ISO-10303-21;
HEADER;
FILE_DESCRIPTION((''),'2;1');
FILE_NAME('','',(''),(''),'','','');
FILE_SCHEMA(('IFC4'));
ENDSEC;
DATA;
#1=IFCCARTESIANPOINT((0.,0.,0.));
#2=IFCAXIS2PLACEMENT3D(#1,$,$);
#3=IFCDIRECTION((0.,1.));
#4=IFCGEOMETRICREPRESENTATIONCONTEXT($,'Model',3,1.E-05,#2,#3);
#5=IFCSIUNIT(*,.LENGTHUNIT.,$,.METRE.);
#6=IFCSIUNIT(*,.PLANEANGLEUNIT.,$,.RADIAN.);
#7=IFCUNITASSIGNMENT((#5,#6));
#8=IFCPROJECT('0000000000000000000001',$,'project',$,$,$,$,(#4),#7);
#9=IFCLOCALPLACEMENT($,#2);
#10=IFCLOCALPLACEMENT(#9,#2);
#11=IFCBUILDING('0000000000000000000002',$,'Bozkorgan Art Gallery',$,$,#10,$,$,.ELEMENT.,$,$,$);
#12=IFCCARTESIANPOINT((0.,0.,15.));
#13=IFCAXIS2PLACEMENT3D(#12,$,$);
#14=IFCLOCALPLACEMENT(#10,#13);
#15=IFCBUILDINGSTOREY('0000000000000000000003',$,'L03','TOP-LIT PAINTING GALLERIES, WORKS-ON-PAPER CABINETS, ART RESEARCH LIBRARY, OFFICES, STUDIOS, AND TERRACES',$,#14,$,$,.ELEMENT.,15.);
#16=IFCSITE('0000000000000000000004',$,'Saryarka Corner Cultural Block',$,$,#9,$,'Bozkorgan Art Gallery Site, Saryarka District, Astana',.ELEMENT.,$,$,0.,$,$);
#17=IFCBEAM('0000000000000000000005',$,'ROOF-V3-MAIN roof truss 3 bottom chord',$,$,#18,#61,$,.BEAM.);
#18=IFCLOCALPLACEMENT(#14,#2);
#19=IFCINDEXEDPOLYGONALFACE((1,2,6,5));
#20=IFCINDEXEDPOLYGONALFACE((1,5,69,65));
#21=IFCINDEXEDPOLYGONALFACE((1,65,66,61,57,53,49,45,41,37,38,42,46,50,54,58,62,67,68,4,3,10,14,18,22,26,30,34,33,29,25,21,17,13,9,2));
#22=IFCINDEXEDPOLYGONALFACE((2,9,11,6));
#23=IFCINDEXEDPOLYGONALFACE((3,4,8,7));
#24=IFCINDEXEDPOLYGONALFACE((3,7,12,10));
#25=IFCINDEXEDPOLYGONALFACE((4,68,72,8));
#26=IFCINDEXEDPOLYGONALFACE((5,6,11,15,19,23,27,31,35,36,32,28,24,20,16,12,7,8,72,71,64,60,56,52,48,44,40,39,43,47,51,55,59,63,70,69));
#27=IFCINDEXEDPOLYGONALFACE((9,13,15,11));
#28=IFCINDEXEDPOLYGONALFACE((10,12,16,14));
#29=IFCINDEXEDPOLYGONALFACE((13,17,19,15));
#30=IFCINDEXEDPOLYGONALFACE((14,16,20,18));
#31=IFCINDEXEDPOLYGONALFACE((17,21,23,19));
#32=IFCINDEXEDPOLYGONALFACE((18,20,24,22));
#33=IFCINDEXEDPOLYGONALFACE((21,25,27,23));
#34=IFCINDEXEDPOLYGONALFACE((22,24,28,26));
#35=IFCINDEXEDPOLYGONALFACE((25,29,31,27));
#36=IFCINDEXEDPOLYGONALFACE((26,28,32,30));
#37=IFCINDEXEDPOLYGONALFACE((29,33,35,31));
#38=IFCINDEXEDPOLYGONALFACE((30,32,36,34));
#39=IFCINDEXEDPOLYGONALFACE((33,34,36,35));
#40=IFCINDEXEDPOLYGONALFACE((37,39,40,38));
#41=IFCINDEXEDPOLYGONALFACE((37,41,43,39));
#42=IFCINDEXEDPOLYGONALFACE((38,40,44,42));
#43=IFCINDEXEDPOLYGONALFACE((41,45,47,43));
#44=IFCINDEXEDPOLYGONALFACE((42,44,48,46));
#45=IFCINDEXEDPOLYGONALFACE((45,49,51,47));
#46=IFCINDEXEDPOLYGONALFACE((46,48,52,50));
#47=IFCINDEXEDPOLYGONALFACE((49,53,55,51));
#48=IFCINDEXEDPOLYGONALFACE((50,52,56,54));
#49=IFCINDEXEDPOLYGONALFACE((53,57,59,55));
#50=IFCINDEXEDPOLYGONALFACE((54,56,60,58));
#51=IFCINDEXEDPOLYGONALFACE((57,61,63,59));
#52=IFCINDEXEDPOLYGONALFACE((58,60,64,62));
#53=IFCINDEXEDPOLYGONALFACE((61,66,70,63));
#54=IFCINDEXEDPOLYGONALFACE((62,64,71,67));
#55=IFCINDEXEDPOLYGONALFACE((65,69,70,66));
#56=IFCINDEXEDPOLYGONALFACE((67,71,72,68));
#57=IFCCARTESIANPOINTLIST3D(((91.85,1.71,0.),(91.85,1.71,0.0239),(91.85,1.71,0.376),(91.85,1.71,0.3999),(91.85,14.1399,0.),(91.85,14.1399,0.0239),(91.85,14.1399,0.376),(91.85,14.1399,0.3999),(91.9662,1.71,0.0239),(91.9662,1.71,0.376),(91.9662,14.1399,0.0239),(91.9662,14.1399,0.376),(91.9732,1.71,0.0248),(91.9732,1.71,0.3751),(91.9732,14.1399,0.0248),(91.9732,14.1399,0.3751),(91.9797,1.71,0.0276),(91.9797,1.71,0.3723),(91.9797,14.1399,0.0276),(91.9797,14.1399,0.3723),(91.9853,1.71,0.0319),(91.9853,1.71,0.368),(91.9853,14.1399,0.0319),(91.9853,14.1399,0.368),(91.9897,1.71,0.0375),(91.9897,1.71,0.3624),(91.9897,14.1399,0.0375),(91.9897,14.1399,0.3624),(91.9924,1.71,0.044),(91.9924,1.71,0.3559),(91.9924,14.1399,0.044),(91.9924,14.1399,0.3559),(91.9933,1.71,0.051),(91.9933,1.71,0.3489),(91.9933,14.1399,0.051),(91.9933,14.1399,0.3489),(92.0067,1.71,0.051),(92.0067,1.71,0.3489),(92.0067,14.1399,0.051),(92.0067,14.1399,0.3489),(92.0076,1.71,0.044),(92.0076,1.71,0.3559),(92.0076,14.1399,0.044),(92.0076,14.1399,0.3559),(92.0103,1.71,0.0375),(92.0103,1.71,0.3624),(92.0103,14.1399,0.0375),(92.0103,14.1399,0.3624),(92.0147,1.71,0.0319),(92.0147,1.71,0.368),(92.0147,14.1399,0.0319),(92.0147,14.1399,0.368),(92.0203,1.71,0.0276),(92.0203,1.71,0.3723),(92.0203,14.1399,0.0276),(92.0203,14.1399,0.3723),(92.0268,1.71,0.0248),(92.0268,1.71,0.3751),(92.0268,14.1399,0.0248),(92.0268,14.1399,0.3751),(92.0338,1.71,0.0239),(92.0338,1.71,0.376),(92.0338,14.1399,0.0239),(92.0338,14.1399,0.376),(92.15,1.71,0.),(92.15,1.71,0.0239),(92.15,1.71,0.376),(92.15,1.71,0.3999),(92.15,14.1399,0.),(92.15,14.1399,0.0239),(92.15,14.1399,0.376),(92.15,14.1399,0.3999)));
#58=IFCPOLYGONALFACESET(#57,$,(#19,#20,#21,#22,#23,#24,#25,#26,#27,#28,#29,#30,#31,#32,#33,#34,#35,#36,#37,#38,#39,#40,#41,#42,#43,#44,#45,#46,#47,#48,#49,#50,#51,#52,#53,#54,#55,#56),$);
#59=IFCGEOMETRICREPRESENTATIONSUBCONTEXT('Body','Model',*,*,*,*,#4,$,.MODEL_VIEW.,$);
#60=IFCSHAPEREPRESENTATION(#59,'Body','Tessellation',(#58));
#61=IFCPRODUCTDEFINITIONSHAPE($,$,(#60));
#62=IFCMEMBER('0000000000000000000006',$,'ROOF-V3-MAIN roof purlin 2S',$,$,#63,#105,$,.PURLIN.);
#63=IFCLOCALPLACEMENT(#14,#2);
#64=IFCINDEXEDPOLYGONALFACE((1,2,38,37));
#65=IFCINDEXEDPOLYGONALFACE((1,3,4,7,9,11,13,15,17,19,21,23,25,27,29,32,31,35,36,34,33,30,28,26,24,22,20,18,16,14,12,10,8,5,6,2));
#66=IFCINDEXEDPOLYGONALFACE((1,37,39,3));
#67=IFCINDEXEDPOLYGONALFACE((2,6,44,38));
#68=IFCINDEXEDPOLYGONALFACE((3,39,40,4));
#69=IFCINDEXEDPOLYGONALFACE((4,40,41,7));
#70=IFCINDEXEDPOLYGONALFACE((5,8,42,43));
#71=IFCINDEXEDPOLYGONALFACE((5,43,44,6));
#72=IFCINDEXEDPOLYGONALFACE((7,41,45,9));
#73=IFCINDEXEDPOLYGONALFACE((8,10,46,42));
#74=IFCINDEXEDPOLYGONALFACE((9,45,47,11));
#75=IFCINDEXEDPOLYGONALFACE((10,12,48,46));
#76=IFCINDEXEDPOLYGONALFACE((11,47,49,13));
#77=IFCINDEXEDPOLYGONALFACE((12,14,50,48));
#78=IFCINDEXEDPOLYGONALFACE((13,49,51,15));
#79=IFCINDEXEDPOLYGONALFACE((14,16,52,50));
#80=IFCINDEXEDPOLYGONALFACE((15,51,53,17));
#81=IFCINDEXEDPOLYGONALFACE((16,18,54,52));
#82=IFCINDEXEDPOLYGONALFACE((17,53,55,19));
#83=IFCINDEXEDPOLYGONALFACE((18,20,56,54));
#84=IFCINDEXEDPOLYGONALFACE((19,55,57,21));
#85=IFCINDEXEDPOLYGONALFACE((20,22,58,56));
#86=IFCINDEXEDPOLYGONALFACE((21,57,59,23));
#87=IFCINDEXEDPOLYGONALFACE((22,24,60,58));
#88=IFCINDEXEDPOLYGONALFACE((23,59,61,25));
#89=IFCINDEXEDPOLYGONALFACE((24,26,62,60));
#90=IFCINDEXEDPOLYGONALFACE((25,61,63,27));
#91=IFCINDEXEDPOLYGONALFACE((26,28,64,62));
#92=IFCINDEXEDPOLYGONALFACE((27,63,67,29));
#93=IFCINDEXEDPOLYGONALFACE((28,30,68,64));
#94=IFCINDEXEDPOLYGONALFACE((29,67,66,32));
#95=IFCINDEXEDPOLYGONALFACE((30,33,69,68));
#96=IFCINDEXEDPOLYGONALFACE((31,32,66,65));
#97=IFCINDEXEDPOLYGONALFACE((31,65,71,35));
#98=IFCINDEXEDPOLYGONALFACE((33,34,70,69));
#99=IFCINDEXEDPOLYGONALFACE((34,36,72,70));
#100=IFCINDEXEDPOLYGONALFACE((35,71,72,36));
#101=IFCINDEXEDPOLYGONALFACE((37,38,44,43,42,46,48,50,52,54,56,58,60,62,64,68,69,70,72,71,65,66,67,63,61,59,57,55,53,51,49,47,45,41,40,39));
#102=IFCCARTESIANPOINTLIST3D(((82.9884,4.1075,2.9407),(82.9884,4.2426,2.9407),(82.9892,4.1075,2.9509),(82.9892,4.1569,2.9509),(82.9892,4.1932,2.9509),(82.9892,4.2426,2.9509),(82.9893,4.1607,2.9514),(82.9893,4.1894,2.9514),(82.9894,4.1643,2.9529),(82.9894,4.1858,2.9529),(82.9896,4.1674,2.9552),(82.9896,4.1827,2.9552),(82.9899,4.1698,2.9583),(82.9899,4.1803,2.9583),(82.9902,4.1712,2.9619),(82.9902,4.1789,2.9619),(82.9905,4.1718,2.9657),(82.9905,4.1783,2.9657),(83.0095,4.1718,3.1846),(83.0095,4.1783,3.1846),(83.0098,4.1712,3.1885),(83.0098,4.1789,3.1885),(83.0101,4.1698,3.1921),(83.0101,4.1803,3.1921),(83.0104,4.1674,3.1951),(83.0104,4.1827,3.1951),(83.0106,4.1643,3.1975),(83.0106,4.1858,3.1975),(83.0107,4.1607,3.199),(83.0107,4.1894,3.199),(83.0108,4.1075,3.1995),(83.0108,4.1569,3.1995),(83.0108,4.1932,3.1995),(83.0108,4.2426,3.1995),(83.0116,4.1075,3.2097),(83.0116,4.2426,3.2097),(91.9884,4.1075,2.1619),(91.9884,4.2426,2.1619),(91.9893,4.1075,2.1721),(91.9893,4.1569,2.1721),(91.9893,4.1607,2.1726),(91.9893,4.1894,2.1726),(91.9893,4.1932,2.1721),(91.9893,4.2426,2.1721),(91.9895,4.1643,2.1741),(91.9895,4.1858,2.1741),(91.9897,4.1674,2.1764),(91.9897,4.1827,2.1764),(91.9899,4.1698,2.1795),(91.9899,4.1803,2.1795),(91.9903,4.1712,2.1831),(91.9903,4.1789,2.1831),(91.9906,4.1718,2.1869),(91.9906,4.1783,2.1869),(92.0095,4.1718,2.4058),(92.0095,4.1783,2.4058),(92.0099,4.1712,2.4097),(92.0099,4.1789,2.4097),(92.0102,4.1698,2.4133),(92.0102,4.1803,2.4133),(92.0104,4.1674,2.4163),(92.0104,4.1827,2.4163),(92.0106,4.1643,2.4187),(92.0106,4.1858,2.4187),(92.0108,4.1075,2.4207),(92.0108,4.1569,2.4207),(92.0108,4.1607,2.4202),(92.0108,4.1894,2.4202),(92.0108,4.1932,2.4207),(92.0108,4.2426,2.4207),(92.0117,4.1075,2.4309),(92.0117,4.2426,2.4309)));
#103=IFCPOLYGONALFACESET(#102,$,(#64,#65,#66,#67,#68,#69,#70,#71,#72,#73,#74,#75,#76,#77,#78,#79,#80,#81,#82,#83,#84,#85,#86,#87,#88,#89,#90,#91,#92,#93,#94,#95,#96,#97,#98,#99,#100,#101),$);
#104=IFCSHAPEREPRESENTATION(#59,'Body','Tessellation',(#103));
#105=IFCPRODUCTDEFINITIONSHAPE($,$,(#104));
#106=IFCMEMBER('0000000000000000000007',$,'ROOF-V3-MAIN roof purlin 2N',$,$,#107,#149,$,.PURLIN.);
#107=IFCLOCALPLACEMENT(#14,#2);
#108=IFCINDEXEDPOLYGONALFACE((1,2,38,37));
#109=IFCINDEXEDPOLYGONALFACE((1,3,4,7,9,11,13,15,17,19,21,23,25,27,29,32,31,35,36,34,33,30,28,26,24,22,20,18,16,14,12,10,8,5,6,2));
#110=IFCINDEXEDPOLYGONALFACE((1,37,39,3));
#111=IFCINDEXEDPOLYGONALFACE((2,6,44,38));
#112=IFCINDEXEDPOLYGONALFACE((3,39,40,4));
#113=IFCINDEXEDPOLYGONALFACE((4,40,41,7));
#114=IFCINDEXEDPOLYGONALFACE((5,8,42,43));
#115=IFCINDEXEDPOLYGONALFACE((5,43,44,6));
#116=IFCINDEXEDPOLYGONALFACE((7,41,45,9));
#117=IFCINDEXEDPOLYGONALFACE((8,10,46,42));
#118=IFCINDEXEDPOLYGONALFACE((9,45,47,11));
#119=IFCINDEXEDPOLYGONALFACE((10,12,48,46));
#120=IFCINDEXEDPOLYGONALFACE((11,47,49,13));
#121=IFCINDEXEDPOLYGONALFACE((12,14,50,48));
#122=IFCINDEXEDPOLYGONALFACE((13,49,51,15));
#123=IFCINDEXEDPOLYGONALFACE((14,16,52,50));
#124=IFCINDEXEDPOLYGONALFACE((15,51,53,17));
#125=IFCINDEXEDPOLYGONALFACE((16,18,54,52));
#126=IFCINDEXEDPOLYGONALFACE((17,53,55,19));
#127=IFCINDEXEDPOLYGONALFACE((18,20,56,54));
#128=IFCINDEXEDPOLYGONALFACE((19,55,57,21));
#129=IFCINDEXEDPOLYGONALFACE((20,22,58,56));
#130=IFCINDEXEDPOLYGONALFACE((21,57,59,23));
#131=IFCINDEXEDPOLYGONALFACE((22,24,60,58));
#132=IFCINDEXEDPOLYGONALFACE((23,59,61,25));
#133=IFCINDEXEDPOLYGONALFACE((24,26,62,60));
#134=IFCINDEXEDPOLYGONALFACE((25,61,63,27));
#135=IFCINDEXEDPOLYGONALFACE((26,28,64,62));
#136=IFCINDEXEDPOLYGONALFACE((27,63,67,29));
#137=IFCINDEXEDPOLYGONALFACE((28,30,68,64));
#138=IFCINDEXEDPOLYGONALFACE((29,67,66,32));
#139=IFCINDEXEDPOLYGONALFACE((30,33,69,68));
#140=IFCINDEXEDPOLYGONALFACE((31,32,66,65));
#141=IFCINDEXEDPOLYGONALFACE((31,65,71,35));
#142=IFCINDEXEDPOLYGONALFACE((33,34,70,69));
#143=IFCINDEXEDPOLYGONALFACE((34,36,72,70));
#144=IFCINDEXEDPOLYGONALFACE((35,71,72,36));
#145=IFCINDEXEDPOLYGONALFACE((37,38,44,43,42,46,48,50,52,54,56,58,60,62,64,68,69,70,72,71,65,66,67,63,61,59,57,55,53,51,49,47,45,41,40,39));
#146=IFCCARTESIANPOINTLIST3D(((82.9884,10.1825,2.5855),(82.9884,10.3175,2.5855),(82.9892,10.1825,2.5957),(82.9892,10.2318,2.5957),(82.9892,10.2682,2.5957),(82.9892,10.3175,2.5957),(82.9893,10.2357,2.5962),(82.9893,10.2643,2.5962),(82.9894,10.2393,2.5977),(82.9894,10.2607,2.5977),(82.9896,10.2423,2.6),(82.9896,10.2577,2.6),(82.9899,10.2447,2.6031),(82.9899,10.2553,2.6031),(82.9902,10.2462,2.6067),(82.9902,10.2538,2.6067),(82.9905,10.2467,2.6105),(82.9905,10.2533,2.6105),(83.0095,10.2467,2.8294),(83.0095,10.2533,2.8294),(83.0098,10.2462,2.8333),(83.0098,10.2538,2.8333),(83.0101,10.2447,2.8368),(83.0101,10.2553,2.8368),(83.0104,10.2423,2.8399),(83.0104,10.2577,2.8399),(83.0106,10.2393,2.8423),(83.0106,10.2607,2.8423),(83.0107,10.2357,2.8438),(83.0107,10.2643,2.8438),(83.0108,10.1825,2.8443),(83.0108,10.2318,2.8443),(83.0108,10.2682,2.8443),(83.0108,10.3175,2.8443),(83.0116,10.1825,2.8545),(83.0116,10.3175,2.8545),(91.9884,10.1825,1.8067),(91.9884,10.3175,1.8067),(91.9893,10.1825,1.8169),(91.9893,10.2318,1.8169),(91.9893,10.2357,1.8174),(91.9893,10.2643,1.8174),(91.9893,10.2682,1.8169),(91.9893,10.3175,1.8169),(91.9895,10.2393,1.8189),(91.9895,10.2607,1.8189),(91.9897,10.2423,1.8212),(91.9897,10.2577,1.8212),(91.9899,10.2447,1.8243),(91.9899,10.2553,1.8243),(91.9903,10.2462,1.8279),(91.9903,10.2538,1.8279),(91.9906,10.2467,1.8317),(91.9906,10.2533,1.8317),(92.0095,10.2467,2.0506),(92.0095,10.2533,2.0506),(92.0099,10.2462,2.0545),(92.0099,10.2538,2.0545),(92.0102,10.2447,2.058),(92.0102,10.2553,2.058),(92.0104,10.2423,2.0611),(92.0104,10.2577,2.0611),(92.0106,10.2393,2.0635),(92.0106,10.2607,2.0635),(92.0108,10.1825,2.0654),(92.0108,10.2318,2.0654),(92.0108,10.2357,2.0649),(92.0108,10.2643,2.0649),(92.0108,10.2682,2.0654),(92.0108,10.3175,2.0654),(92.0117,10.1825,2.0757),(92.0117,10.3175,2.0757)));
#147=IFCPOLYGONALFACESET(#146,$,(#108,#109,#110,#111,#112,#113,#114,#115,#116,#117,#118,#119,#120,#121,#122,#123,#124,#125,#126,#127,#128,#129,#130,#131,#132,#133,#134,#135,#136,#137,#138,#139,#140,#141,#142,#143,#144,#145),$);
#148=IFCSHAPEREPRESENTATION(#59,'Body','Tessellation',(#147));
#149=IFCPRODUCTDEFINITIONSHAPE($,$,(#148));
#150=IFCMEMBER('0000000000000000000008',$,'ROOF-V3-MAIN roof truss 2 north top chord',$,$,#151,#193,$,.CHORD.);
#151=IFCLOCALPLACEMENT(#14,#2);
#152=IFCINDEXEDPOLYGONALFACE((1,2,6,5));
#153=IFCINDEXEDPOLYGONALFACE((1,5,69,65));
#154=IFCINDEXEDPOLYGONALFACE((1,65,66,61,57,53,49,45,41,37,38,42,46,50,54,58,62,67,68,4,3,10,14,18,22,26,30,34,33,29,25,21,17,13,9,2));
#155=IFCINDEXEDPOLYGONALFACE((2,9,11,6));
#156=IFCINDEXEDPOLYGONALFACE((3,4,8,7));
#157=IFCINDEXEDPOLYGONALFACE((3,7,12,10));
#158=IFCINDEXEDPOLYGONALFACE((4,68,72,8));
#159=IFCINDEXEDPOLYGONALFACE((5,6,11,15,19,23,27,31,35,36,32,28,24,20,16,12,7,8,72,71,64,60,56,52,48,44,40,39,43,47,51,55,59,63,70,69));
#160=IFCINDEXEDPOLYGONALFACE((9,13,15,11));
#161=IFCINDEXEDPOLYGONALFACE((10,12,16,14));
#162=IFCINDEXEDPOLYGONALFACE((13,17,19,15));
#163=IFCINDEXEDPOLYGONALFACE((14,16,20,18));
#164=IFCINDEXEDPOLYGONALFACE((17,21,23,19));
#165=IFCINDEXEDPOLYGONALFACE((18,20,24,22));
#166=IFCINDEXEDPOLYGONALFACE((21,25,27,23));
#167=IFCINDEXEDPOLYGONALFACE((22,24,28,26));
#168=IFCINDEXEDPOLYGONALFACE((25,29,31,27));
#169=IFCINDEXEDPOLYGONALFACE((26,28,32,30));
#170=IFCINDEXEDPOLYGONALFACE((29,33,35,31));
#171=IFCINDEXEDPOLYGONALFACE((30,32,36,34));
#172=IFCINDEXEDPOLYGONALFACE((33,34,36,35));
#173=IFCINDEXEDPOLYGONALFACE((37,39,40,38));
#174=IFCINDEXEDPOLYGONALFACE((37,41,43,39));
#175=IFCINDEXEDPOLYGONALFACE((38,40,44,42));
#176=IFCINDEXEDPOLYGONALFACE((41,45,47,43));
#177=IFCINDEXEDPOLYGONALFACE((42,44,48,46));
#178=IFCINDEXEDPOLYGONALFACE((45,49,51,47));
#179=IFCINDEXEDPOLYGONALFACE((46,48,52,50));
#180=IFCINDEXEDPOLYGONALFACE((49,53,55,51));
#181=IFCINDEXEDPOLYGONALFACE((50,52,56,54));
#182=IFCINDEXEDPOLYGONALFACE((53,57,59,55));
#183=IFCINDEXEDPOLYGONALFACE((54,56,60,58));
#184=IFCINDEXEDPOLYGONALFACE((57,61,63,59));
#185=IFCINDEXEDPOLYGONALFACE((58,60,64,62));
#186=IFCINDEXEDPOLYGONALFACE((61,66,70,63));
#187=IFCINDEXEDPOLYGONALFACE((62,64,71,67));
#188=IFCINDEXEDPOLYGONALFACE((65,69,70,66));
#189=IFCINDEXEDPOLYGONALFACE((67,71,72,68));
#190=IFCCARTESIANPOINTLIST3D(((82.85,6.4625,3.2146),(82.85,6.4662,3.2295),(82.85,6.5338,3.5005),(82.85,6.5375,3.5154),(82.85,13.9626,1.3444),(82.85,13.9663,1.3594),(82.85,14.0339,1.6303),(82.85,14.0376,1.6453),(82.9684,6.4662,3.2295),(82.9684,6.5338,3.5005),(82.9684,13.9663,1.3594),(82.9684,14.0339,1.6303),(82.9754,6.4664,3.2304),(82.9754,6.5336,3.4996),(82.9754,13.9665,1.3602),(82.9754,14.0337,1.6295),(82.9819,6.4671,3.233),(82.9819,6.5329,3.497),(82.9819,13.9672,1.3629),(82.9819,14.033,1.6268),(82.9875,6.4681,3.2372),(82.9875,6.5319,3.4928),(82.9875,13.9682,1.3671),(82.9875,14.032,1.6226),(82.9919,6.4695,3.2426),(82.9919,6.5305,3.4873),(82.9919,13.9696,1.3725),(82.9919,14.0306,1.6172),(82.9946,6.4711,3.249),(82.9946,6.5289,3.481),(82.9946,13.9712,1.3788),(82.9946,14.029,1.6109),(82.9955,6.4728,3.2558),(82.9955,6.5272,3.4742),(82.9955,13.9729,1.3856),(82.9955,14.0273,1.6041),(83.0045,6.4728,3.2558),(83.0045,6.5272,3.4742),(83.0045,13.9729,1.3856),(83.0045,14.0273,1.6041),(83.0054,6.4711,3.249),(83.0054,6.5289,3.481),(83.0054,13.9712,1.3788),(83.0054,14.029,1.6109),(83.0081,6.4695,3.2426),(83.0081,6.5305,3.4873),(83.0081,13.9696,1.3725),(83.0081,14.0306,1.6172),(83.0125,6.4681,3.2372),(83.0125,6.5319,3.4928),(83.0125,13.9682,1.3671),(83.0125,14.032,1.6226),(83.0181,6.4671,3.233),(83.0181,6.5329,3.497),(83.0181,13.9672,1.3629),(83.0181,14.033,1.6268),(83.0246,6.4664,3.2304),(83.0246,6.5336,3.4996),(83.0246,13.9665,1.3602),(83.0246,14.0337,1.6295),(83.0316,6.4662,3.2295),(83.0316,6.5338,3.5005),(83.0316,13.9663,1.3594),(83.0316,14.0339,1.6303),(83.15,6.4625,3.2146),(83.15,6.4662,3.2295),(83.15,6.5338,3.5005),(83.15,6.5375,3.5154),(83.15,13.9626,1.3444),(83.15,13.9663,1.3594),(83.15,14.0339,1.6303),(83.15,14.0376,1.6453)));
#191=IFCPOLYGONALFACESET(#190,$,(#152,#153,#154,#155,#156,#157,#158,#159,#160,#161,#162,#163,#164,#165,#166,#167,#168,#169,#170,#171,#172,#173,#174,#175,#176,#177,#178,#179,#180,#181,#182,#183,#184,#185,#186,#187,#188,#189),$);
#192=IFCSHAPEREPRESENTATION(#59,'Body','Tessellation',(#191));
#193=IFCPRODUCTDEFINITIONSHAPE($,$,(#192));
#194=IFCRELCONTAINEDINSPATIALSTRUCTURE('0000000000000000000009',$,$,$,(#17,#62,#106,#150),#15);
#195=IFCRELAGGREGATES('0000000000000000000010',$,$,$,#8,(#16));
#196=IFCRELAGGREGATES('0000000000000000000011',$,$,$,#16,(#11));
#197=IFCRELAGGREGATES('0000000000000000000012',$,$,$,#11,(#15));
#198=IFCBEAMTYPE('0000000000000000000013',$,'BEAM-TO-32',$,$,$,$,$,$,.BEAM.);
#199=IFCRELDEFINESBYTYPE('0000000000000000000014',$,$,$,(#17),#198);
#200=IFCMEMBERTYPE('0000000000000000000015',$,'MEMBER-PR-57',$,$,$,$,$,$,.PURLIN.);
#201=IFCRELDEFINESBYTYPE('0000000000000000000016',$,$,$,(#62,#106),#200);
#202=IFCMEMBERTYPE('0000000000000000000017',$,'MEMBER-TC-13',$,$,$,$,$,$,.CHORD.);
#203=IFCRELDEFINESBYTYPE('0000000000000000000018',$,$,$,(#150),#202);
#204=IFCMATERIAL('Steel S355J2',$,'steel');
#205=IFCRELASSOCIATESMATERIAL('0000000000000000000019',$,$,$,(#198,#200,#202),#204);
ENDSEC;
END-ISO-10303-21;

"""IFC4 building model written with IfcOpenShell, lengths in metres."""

from ifc_helpers import new_model, si_unit, direction, frame, origin, origin_2d, place, context, subcontext, project, spatial, i_section, extrude, material, material_profile, profile_set, type_object, element, save


model = new_model("IFC4")

# Units and contexts
model_context = context("Model", 3, precision=1e-05, world=origin(), true_north=direction((0.0, 1.0)))
body_context = subcontext(model_context, "Body", "Model", "MODEL_VIEW")
ifc_project = project(units=[si_unit("LENGTHUNIT", "METRE"), si_unit("PLANEANGLEUNIT", "RADIAN")], contexts=[model_context])

# Site, building, storey
site_placement = place(None, origin())
site = spatial("IfcSite", under=ifc_project, at=site_placement, Name="Saryarka Corner Cultural Block", LongName="Bozkorgan Art Gallery Site, Saryarka District, Astana", CompositionType="ELEMENT", RefElevation=0.0)
building_placement = place(site_placement, origin())
building = spatial("IfcBuilding", under=site, at=building_placement, Name="Bozkorgan Art Gallery", CompositionType="ELEMENT")
storey_placement = place(building_placement, frame((0.0, 0.0, 15.0)))
storey = spatial("IfcBuildingStorey", under=building, at=storey_placement, Name="L03", Description="TOP-LIT PAINTING GALLERIES, WORKS-ON-PAPER CABINETS, ART RESEARCH LIBRARY, OFFICES, STUDIOS, AND TERRACES", CompositionType="ELEMENT", Elevation=15.0)

# Beam
ifc_material_1 = material(Name="Steel S355J2", Category="steel")
ifc_material_profile_1 = material_profile(ifc_material_1, i_section(OverallWidth=0.3, OverallDepth=0.3999, WebThickness=0.0134, FlangeThickness=0.0239, FilletRadius=0.0271, at=origin_2d()), Name="HEB 400")
ifc_profile_set_1 = profile_set([ifc_material_profile_1], Name="Steel S355J2")
beam_type = type_object("IfcBeamType", Name="BEAM-TO-32", PredefinedType="BEAM", material=ifc_profile_set_1)
beam_placement = place(storey_placement, frame((92.0, 1.71, 0.2), z_axis=(0.0, 1.0, 0.0), x_axis=(-1.0, 0.0, 0.0)))
element("IfcBeam", 1, at=beam_placement, inside=storey, type_object=beam_type, Name="ROOF-V3-MAIN roof truss 3 bottom chord", PredefinedType="BEAM", context=body_context, shape_type="SweptSolid", body=[
    extrude(i_section(OverallWidth=0.3, OverallDepth=0.3999, WebThickness=0.0134, FlangeThickness=0.0239, FilletRadius=0.0271, at=origin_2d()), origin(), (0.0, 0.0, 1.0), 12.4299),
])

# Members
ifc_material_profile_2 = material_profile(ifc_material_1, i_section(OverallWidth=0.135, OverallDepth=0.27, WebThickness=0.0066, FlangeThickness=0.0103, FilletRadius=0.0149, at=origin_2d()), Name="IPE 270")
ifc_profile_set_2 = profile_set([ifc_material_profile_2], Name="Steel S355J2")
member_type_1 = type_object("IfcMemberType", Name="MEMBER-PR-57", PredefinedType="PURLIN", material=ifc_profile_set_2)
for number, where, z_axis, x_axis, name in (
    (2, (83.0, 4.175, 3.0752), (0.996277, 0.0, -0.086212), (0.0, 1.0, 0.0), "ROOF-V3-MAIN roof purlin 2S"),
    (3, (83.0, 10.25, 2.72), (0.996277, 0.0, -0.086212), (0.0, 1.0, 0.0), "ROOF-V3-MAIN roof purlin 2N"),
):
    element("IfcMember", number, at=place(storey_placement, frame(where, z_axis=z_axis, x_axis=x_axis)), inside=storey, type_object=member_type_1, Name=name, PredefinedType="PURLIN", context=body_context, shape_type="SweptSolid", body=[
        extrude(i_section(OverallWidth=0.135, OverallDepth=0.27, WebThickness=0.0066, FlangeThickness=0.0103, FilletRadius=0.0149, at=origin_2d()), origin(), (0.0, 0.0, 1.0), 9.0337),
    ])
ifc_material_profile_3 = material_profile(ifc_material_1, i_section(OverallWidth=0.3, OverallDepth=0.3101, WebThickness=0.009, FlangeThickness=0.0154, FilletRadius=0.0271, at=origin_2d()), Name="HEA 320")
ifc_profile_set_3 = profile_set([ifc_material_profile_3], Name="Steel S355J2")
member_type_2 = type_object("IfcMemberType", Name="MEMBER-TC-13", PredefinedType="CHORD", material=ifc_profile_set_3)
member_1_placement = place(storey_placement, frame((83.0, 6.5, 3.365), z_axis=(0.0, 0.970291, -0.241941), x_axis=(-1.0, 0.0, 0.0)))
element("IfcMember", 4, at=member_1_placement, inside=storey, type_object=member_type_2, Name="ROOF-V3-MAIN roof truss 2 north top chord", PredefinedType="CHORD", context=body_context, shape_type="SweptSolid", body=[
    extrude(i_section(OverallWidth=0.3, OverallDepth=0.3101, WebThickness=0.009, FlangeThickness=0.0154, FilletRadius=0.0271, at=origin_2d()), origin(), (0.0, 0.0, 1.0), 7.7297),
])

save(model, "model.ifc")
